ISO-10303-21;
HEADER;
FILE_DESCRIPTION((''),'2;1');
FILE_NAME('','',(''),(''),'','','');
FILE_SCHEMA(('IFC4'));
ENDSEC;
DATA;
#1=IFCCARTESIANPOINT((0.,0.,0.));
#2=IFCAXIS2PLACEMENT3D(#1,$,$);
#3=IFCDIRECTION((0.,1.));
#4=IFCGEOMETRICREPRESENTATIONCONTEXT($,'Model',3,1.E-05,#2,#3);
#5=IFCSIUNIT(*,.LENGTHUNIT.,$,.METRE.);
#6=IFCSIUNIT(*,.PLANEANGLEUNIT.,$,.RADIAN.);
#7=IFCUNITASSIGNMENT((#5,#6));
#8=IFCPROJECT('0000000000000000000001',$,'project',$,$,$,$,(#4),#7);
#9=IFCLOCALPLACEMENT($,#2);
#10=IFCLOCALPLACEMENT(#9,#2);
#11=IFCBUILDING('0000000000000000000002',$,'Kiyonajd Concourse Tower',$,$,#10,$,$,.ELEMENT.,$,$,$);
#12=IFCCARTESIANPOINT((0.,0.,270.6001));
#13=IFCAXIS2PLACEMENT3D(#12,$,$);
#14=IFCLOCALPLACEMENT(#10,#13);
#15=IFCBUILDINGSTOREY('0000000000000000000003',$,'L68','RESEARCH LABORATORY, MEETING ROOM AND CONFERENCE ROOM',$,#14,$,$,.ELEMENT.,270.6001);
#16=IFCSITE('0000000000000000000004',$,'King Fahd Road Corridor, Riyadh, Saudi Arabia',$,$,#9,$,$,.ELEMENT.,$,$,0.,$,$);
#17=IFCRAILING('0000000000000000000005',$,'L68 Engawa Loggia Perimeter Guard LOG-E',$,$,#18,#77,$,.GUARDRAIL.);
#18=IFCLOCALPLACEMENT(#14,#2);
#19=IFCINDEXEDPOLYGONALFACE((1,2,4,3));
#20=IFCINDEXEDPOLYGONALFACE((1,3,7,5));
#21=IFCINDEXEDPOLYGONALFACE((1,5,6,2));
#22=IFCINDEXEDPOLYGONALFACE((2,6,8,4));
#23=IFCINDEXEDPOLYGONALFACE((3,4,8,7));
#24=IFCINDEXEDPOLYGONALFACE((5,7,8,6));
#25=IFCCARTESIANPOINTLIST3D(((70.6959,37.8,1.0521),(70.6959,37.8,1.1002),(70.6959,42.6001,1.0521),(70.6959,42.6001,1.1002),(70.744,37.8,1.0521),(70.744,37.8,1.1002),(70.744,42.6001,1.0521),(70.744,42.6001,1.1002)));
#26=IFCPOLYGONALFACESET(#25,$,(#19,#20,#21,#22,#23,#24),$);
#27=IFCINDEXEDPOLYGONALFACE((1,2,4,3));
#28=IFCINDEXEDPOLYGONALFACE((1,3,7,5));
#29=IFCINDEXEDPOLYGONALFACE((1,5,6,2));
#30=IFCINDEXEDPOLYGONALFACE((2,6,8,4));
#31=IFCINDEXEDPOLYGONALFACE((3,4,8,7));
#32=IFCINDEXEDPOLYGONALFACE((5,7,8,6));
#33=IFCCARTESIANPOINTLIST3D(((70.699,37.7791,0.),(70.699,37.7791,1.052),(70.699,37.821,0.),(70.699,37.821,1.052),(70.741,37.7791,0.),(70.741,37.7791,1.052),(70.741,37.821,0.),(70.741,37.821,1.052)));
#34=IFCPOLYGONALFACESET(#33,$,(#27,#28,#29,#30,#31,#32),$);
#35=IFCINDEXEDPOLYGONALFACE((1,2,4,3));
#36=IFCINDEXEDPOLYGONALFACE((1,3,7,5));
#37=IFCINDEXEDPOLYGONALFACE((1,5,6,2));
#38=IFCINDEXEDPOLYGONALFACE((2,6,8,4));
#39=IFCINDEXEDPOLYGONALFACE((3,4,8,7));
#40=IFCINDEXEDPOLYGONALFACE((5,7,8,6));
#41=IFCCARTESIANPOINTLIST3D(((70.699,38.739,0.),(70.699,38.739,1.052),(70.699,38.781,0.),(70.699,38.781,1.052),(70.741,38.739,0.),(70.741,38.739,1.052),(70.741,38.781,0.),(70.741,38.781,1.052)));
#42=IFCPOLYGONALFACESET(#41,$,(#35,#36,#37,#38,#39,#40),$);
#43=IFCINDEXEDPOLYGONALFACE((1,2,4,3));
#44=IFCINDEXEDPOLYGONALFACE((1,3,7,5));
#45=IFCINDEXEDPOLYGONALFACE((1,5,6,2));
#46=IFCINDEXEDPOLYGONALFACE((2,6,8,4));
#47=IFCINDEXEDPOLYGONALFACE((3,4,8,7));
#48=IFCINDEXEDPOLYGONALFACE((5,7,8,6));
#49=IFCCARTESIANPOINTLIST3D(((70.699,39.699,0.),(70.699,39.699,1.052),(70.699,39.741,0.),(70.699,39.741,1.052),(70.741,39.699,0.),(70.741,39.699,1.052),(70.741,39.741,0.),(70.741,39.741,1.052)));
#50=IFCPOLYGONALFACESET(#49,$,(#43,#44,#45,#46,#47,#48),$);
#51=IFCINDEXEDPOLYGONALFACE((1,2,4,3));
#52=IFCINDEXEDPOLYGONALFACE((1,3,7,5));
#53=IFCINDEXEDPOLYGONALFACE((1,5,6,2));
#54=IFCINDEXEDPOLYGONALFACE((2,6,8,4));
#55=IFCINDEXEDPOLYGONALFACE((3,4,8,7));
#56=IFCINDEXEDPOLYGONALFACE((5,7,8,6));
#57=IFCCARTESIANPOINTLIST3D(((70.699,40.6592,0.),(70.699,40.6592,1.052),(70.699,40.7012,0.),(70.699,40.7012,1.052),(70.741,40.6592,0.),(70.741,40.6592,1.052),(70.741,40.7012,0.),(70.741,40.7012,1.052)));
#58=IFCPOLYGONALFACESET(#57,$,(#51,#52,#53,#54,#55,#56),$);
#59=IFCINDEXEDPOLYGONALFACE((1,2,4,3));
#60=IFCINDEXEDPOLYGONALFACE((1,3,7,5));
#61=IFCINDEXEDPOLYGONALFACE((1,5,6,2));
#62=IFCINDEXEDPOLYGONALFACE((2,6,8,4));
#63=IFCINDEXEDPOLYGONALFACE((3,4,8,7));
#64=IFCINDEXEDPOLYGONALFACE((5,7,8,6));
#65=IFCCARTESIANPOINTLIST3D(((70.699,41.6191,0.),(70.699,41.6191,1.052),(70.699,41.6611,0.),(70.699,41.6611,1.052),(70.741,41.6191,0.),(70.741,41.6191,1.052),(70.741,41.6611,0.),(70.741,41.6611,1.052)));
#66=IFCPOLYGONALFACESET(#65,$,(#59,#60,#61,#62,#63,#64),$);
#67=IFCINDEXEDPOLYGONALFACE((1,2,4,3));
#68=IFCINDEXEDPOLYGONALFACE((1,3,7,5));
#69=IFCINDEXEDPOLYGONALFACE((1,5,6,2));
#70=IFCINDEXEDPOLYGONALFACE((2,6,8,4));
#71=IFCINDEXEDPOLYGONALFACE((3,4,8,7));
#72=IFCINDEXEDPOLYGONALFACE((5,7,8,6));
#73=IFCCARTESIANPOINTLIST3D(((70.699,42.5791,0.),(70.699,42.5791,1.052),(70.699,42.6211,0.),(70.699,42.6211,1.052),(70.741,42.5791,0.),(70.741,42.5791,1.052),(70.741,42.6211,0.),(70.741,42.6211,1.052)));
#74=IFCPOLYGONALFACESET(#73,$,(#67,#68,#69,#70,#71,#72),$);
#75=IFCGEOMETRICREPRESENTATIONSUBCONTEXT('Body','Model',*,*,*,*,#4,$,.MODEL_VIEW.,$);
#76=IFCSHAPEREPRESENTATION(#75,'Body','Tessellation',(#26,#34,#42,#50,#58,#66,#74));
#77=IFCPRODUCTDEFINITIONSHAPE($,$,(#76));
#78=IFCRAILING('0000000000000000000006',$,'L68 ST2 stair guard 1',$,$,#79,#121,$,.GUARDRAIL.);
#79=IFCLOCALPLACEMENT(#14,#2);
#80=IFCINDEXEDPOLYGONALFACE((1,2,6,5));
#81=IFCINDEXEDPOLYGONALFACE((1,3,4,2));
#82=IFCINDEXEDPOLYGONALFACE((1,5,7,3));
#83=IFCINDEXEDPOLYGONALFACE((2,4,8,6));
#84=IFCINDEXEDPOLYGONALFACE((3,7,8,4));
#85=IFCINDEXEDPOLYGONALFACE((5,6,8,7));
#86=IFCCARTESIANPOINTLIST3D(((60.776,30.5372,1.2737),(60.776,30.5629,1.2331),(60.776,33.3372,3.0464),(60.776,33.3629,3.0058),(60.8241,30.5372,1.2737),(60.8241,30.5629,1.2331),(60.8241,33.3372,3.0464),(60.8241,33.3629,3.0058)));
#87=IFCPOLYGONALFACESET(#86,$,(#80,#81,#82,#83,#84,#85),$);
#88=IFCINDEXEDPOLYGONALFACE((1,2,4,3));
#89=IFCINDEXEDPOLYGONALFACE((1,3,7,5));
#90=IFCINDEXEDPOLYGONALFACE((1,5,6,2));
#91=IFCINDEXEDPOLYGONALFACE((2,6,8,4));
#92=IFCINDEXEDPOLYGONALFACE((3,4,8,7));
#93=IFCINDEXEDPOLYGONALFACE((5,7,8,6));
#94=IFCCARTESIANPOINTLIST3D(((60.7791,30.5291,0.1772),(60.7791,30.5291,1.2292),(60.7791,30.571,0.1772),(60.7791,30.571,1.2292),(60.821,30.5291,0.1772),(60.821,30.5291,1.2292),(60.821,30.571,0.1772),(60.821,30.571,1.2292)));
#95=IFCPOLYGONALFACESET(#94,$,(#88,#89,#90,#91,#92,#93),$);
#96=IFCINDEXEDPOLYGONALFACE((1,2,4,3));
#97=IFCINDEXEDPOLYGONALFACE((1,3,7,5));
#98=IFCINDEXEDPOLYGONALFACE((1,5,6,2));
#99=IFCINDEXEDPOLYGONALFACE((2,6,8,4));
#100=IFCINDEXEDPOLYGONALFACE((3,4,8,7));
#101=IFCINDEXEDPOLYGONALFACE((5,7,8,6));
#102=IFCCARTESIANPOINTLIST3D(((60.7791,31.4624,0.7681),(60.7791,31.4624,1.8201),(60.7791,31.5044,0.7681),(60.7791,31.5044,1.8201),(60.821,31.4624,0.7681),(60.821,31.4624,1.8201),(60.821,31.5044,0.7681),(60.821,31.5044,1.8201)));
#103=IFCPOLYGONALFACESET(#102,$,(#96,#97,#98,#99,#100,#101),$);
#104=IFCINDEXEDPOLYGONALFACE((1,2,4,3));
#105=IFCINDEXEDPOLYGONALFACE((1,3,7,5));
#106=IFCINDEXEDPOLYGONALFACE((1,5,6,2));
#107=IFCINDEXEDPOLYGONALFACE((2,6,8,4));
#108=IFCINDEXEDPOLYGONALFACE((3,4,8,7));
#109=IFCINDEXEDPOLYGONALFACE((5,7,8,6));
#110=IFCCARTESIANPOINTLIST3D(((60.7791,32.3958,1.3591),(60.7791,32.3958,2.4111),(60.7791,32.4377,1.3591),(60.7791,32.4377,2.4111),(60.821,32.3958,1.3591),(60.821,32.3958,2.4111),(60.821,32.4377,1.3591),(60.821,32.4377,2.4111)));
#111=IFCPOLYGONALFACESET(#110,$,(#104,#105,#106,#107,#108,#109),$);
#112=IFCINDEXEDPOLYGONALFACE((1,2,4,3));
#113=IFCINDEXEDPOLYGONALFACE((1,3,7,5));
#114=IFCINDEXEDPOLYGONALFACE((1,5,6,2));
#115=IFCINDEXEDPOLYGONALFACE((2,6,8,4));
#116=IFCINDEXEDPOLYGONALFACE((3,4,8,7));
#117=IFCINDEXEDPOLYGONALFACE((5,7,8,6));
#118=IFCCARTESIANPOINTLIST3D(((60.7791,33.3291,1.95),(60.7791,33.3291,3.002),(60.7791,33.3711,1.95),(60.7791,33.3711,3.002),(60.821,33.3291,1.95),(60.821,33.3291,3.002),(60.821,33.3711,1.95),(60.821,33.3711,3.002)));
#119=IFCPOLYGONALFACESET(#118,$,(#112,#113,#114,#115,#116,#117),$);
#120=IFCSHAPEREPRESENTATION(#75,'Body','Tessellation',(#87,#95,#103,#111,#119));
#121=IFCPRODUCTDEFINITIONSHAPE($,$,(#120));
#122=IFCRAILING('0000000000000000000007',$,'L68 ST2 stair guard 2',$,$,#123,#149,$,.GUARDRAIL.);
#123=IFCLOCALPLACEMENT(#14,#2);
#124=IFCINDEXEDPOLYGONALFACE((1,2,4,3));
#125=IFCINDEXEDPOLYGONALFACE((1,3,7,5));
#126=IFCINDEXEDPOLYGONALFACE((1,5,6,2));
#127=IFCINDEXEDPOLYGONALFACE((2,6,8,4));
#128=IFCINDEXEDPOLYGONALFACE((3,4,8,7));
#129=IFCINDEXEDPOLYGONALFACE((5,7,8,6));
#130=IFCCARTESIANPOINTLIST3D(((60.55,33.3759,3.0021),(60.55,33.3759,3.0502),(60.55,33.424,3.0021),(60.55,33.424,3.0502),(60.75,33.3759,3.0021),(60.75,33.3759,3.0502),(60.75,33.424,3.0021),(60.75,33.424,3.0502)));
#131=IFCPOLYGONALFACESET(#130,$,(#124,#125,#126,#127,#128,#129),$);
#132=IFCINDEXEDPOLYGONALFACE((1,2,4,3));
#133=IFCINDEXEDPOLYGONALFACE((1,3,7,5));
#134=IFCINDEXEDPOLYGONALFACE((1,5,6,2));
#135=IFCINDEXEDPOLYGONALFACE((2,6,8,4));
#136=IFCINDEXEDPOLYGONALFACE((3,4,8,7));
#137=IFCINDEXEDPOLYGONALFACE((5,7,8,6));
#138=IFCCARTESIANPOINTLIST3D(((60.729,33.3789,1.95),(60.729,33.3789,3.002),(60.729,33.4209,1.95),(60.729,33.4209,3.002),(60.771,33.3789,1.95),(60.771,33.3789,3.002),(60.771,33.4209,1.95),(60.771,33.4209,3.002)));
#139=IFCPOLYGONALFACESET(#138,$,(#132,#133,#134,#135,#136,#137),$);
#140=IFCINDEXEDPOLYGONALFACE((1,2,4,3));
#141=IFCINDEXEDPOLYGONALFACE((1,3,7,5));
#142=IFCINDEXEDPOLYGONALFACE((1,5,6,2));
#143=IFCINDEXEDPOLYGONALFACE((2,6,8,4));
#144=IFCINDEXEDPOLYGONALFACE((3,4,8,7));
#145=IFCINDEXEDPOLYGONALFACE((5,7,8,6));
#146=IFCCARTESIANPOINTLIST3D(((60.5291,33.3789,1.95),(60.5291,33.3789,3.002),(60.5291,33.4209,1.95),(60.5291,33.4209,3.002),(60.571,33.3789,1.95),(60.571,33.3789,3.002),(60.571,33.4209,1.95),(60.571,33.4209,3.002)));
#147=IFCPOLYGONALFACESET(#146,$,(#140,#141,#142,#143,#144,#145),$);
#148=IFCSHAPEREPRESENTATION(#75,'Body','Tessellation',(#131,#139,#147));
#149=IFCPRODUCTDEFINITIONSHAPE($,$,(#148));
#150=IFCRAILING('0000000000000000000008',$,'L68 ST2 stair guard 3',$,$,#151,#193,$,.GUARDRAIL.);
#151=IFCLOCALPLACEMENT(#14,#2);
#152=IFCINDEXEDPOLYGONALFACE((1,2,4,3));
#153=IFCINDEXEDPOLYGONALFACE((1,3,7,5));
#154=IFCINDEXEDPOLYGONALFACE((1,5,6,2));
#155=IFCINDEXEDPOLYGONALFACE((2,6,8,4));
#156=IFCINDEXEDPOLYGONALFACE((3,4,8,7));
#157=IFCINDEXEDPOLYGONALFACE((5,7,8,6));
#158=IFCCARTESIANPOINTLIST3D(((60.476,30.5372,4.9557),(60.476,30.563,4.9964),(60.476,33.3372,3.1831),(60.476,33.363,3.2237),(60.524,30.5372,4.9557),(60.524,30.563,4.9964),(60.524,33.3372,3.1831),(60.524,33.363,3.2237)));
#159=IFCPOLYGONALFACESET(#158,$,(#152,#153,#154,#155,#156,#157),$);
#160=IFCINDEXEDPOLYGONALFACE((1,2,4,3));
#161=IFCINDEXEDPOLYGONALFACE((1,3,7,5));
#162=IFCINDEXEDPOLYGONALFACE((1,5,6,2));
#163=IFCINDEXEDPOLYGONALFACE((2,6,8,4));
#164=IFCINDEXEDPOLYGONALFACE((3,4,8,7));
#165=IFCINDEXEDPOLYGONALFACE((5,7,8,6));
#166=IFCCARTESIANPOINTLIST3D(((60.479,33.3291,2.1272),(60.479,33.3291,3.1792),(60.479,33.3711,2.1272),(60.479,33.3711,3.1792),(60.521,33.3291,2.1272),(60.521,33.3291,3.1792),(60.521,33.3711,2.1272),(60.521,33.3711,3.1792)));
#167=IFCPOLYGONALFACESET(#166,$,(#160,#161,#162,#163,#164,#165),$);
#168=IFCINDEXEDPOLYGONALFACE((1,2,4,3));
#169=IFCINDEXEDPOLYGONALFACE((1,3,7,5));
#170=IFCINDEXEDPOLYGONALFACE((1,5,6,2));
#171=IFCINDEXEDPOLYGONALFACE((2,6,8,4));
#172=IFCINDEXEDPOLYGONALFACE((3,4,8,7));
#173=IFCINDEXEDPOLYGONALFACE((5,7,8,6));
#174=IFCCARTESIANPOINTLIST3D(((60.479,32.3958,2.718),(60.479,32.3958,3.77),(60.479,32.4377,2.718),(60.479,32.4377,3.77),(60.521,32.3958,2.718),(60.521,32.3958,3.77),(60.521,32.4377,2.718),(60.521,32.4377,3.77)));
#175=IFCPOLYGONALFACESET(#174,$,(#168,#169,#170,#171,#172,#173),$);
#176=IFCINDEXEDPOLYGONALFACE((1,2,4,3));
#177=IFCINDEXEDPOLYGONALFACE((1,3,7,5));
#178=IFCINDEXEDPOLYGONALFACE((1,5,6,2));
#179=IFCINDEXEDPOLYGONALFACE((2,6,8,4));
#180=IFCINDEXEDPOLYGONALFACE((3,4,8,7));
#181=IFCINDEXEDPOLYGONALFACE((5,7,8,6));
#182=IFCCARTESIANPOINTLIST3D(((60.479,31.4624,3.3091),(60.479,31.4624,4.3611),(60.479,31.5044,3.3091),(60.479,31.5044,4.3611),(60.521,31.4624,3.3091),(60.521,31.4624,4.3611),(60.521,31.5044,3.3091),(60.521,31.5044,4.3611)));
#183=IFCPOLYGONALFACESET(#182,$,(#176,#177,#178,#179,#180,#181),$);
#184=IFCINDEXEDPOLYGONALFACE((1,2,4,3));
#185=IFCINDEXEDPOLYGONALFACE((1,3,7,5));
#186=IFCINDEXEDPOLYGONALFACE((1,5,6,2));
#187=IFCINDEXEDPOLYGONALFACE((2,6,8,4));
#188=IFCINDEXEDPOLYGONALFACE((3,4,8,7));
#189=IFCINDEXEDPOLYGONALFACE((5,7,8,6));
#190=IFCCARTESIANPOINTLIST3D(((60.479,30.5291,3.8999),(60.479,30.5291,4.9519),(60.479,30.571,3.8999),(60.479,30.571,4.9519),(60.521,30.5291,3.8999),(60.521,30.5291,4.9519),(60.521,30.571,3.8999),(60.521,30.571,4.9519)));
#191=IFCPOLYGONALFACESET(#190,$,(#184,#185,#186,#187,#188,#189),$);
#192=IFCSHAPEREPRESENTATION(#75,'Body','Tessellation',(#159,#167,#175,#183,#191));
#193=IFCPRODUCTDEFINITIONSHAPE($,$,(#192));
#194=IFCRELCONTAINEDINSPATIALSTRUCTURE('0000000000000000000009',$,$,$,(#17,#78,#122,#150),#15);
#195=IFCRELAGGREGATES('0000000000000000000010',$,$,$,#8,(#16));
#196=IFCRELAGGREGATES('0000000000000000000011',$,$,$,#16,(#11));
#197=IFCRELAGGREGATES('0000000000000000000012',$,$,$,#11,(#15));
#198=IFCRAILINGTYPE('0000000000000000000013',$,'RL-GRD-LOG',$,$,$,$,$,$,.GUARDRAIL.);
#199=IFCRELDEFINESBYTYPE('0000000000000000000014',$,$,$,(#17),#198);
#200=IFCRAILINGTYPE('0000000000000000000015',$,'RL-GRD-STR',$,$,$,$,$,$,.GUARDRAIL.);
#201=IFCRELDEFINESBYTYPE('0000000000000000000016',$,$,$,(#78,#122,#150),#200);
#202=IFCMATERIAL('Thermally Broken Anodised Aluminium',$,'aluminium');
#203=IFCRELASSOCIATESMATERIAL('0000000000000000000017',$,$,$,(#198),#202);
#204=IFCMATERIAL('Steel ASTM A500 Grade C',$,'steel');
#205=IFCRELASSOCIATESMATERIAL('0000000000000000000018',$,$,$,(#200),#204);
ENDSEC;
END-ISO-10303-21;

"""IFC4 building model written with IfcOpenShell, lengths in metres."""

from ifc_helpers import new_model, si_unit, direction, frame, origin, origin_2d, place, context, subcontext, project, spatial, rectangle, extrude, material, type_object, element, save


model = new_model("IFC4")

# Units and contexts
model_context = context("Model", 3, precision=1e-05, world=origin(), true_north=direction((0.0, 1.0)))
body_context = subcontext(model_context, "Body", "Model", "MODEL_VIEW")
ifc_project = project(units=[si_unit("LENGTHUNIT", "METRE"), si_unit("PLANEANGLEUNIT", "RADIAN")], contexts=[model_context])

# Site, building, storey
site_placement = place(None, origin())
site = spatial("IfcSite", under=ifc_project, at=site_placement, Name="King Fahd Road Corridor, Riyadh, Saudi Arabia", CompositionType="ELEMENT", RefElevation=0.0)
building_placement = place(site_placement, origin())
building = spatial("IfcBuilding", under=site, at=building_placement, Name="Kiyonajd Concourse Tower", CompositionType="ELEMENT")
storey_placement = place(building_placement, frame((0.0, 0.0, 270.6001)))
storey = spatial("IfcBuildingStorey", under=building, at=storey_placement, Name="L68", Description="RESEARCH LABORATORY, MEETING ROOM AND CONFERENCE ROOM", CompositionType="ELEMENT", Elevation=270.6001)

# Shared definitions
ifc_material_1 = material(Name="Thermally Broken Anodised Aluminium", Category="aluminium")

# Railings
railing_type_1 = type_object("IfcRailingType", Name="RL-GRD-LOG", PredefinedType="GUARDRAIL", material=ifc_material_1)
railing_1_placement = place(storey_placement, frame((70.72, 37.8, 0.0)))
element("IfcRailing", 1, at=railing_1_placement, inside=storey, type_object=railing_type_1, Name="L68 Engawa Loggia Perimeter Guard LOG-E", PredefinedType="GUARDRAIL", context=body_context, shape_type="SweptSolid", body=[
    extrude(rectangle(XDim=0.0481, YDim=0.0481, at=origin_2d()), frame((0.0, 0.0, 1.0762), z_axis=(0.0, 1.0, 0.0), x_axis=(-1.0, 0.0, 0.0)), (0.0, 0.0, 1.0), 4.8),
    extrude(rectangle(XDim=0.042, YDim=0.042, at=origin_2d()), origin(), (0.0, 0.0, 1.0), 1.052),
    extrude(rectangle(XDim=0.042, YDim=0.042, at=origin_2d()), frame((0.0, 0.96, 0.0)), (0.0, 0.0, 1.0), 1.052),
    extrude(rectangle(XDim=0.042, YDim=0.042, at=origin_2d()), frame((0.0, 1.9199, 0.0)), (0.0, 0.0, 1.0), 1.052),
    extrude(rectangle(XDim=0.042, YDim=0.042, at=origin_2d()), frame((0.0, 2.8801, 0.0)), (0.0, 0.0, 1.0), 1.052),
    extrude(rectangle(XDim=0.042, YDim=0.042, at=origin_2d()), frame((0.0, 3.8401, 0.0)), (0.0, 0.0, 1.0), 1.052),
    extrude(rectangle(XDim=0.042, YDim=0.042, at=origin_2d()), frame((0.0, 4.8, 0.0)), (0.0, 0.0, 1.0), 1.052),
])
ifc_material_2 = material(Name="Steel ASTM A500 Grade C", Category="steel")
railing_type_2 = type_object("IfcRailingType", Name="RL-GRD-STR", PredefinedType="GUARDRAIL", material=ifc_material_2)
railing_2_placement = place(storey_placement, frame((60.8, 30.55, 0.1772)))
element("IfcRailing", 2, at=railing_2_placement, inside=storey, type_object=railing_type_2, Name="L68 ST2 stair guard 1", PredefinedType="GUARDRAIL", context=body_context, shape_type="SweptSolid", body=[
    extrude(rectangle(XDim=0.0481, YDim=0.0481, at=origin_2d()), frame((0.0, 0.0, 1.0762), z_axis=(0.0, 0.844909, 0.53491), x_axis=(-1.0, 0.0, 0.0)), (0.0, 0.0, 1.0), 3.314),
    extrude(rectangle(XDim=0.042, YDim=0.042, at=origin_2d()), origin(), (0.0, 0.0, 1.0), 1.052),
    extrude(rectangle(XDim=0.042, YDim=0.042, at=origin_2d()), frame((0.0, 0.9333, 0.5908)), (0.0, 0.0, 1.0), 1.052),
    extrude(rectangle(XDim=0.042, YDim=0.042, at=origin_2d()), frame((0.0, 1.8667, 1.1819)), (0.0, 0.0, 1.0), 1.052),
    extrude(rectangle(XDim=0.042, YDim=0.042, at=origin_2d()), frame((0.0, 2.8, 1.7727)), (0.0, 0.0, 1.0), 1.052),
])
railing_3_placement = place(storey_placement, frame((60.75, 33.3999, 1.95)))
element("IfcRailing", 3, at=railing_3_placement, inside=storey, type_object=railing_type_2, Name="L68 ST2 stair guard 2", PredefinedType="GUARDRAIL", context=body_context, shape_type="SweptSolid", body=[
    extrude(rectangle(XDim=0.0481, YDim=0.0481, at=origin_2d()), frame((0.0, 0.0, 1.0762), z_axis=(-1.0, 0.0, 0.0), x_axis=(0.0, -1.0, 0.0)), (0.0, 0.0, 1.0), 0.2),
    extrude(rectangle(XDim=0.042, YDim=0.042, at=origin_2d()), origin(), (0.0, 0.0, 1.0), 1.052),
    extrude(rectangle(XDim=0.042, YDim=0.042, at=origin_2d()), frame((-0.2, 0.0, 0.0)), (0.0, 0.0, 1.0), 1.052),
])
railing_4_placement = place(storey_placement, frame((60.5, 33.3501, 2.1272)))
element("IfcRailing", 4, at=railing_4_placement, inside=storey, type_object=railing_type_2, Name="L68 ST2 stair guard 3", PredefinedType="GUARDRAIL", context=body_context, shape_type="SweptSolid", body=[
    extrude(rectangle(XDim=0.0481, YDim=0.0481, at=origin_2d()), frame((0.0, 0.0, 1.0762), z_axis=(0.0, -0.844909, 0.53491), x_axis=(1.0, 0.0, 0.0)), (0.0, 0.0, 1.0), 3.314),
    extrude(rectangle(XDim=0.042, YDim=0.042, at=origin_2d()), origin(), (0.0, 0.0, 1.0), 1.052),
    extrude(rectangle(XDim=0.042, YDim=0.042, at=origin_2d()), frame((0.0, -0.9333, 0.5908)), (0.0, 0.0, 1.0), 1.052),
    extrude(rectangle(XDim=0.042, YDim=0.042, at=origin_2d()), frame((0.0, -1.8667, 1.1819)), (0.0, 0.0, 1.0), 1.052),
    extrude(rectangle(XDim=0.042, YDim=0.042, at=origin_2d()), frame((0.0, -2.8, 1.7727)), (0.0, 0.0, 1.0), 1.052),
])

save(model, "model.ifc")
